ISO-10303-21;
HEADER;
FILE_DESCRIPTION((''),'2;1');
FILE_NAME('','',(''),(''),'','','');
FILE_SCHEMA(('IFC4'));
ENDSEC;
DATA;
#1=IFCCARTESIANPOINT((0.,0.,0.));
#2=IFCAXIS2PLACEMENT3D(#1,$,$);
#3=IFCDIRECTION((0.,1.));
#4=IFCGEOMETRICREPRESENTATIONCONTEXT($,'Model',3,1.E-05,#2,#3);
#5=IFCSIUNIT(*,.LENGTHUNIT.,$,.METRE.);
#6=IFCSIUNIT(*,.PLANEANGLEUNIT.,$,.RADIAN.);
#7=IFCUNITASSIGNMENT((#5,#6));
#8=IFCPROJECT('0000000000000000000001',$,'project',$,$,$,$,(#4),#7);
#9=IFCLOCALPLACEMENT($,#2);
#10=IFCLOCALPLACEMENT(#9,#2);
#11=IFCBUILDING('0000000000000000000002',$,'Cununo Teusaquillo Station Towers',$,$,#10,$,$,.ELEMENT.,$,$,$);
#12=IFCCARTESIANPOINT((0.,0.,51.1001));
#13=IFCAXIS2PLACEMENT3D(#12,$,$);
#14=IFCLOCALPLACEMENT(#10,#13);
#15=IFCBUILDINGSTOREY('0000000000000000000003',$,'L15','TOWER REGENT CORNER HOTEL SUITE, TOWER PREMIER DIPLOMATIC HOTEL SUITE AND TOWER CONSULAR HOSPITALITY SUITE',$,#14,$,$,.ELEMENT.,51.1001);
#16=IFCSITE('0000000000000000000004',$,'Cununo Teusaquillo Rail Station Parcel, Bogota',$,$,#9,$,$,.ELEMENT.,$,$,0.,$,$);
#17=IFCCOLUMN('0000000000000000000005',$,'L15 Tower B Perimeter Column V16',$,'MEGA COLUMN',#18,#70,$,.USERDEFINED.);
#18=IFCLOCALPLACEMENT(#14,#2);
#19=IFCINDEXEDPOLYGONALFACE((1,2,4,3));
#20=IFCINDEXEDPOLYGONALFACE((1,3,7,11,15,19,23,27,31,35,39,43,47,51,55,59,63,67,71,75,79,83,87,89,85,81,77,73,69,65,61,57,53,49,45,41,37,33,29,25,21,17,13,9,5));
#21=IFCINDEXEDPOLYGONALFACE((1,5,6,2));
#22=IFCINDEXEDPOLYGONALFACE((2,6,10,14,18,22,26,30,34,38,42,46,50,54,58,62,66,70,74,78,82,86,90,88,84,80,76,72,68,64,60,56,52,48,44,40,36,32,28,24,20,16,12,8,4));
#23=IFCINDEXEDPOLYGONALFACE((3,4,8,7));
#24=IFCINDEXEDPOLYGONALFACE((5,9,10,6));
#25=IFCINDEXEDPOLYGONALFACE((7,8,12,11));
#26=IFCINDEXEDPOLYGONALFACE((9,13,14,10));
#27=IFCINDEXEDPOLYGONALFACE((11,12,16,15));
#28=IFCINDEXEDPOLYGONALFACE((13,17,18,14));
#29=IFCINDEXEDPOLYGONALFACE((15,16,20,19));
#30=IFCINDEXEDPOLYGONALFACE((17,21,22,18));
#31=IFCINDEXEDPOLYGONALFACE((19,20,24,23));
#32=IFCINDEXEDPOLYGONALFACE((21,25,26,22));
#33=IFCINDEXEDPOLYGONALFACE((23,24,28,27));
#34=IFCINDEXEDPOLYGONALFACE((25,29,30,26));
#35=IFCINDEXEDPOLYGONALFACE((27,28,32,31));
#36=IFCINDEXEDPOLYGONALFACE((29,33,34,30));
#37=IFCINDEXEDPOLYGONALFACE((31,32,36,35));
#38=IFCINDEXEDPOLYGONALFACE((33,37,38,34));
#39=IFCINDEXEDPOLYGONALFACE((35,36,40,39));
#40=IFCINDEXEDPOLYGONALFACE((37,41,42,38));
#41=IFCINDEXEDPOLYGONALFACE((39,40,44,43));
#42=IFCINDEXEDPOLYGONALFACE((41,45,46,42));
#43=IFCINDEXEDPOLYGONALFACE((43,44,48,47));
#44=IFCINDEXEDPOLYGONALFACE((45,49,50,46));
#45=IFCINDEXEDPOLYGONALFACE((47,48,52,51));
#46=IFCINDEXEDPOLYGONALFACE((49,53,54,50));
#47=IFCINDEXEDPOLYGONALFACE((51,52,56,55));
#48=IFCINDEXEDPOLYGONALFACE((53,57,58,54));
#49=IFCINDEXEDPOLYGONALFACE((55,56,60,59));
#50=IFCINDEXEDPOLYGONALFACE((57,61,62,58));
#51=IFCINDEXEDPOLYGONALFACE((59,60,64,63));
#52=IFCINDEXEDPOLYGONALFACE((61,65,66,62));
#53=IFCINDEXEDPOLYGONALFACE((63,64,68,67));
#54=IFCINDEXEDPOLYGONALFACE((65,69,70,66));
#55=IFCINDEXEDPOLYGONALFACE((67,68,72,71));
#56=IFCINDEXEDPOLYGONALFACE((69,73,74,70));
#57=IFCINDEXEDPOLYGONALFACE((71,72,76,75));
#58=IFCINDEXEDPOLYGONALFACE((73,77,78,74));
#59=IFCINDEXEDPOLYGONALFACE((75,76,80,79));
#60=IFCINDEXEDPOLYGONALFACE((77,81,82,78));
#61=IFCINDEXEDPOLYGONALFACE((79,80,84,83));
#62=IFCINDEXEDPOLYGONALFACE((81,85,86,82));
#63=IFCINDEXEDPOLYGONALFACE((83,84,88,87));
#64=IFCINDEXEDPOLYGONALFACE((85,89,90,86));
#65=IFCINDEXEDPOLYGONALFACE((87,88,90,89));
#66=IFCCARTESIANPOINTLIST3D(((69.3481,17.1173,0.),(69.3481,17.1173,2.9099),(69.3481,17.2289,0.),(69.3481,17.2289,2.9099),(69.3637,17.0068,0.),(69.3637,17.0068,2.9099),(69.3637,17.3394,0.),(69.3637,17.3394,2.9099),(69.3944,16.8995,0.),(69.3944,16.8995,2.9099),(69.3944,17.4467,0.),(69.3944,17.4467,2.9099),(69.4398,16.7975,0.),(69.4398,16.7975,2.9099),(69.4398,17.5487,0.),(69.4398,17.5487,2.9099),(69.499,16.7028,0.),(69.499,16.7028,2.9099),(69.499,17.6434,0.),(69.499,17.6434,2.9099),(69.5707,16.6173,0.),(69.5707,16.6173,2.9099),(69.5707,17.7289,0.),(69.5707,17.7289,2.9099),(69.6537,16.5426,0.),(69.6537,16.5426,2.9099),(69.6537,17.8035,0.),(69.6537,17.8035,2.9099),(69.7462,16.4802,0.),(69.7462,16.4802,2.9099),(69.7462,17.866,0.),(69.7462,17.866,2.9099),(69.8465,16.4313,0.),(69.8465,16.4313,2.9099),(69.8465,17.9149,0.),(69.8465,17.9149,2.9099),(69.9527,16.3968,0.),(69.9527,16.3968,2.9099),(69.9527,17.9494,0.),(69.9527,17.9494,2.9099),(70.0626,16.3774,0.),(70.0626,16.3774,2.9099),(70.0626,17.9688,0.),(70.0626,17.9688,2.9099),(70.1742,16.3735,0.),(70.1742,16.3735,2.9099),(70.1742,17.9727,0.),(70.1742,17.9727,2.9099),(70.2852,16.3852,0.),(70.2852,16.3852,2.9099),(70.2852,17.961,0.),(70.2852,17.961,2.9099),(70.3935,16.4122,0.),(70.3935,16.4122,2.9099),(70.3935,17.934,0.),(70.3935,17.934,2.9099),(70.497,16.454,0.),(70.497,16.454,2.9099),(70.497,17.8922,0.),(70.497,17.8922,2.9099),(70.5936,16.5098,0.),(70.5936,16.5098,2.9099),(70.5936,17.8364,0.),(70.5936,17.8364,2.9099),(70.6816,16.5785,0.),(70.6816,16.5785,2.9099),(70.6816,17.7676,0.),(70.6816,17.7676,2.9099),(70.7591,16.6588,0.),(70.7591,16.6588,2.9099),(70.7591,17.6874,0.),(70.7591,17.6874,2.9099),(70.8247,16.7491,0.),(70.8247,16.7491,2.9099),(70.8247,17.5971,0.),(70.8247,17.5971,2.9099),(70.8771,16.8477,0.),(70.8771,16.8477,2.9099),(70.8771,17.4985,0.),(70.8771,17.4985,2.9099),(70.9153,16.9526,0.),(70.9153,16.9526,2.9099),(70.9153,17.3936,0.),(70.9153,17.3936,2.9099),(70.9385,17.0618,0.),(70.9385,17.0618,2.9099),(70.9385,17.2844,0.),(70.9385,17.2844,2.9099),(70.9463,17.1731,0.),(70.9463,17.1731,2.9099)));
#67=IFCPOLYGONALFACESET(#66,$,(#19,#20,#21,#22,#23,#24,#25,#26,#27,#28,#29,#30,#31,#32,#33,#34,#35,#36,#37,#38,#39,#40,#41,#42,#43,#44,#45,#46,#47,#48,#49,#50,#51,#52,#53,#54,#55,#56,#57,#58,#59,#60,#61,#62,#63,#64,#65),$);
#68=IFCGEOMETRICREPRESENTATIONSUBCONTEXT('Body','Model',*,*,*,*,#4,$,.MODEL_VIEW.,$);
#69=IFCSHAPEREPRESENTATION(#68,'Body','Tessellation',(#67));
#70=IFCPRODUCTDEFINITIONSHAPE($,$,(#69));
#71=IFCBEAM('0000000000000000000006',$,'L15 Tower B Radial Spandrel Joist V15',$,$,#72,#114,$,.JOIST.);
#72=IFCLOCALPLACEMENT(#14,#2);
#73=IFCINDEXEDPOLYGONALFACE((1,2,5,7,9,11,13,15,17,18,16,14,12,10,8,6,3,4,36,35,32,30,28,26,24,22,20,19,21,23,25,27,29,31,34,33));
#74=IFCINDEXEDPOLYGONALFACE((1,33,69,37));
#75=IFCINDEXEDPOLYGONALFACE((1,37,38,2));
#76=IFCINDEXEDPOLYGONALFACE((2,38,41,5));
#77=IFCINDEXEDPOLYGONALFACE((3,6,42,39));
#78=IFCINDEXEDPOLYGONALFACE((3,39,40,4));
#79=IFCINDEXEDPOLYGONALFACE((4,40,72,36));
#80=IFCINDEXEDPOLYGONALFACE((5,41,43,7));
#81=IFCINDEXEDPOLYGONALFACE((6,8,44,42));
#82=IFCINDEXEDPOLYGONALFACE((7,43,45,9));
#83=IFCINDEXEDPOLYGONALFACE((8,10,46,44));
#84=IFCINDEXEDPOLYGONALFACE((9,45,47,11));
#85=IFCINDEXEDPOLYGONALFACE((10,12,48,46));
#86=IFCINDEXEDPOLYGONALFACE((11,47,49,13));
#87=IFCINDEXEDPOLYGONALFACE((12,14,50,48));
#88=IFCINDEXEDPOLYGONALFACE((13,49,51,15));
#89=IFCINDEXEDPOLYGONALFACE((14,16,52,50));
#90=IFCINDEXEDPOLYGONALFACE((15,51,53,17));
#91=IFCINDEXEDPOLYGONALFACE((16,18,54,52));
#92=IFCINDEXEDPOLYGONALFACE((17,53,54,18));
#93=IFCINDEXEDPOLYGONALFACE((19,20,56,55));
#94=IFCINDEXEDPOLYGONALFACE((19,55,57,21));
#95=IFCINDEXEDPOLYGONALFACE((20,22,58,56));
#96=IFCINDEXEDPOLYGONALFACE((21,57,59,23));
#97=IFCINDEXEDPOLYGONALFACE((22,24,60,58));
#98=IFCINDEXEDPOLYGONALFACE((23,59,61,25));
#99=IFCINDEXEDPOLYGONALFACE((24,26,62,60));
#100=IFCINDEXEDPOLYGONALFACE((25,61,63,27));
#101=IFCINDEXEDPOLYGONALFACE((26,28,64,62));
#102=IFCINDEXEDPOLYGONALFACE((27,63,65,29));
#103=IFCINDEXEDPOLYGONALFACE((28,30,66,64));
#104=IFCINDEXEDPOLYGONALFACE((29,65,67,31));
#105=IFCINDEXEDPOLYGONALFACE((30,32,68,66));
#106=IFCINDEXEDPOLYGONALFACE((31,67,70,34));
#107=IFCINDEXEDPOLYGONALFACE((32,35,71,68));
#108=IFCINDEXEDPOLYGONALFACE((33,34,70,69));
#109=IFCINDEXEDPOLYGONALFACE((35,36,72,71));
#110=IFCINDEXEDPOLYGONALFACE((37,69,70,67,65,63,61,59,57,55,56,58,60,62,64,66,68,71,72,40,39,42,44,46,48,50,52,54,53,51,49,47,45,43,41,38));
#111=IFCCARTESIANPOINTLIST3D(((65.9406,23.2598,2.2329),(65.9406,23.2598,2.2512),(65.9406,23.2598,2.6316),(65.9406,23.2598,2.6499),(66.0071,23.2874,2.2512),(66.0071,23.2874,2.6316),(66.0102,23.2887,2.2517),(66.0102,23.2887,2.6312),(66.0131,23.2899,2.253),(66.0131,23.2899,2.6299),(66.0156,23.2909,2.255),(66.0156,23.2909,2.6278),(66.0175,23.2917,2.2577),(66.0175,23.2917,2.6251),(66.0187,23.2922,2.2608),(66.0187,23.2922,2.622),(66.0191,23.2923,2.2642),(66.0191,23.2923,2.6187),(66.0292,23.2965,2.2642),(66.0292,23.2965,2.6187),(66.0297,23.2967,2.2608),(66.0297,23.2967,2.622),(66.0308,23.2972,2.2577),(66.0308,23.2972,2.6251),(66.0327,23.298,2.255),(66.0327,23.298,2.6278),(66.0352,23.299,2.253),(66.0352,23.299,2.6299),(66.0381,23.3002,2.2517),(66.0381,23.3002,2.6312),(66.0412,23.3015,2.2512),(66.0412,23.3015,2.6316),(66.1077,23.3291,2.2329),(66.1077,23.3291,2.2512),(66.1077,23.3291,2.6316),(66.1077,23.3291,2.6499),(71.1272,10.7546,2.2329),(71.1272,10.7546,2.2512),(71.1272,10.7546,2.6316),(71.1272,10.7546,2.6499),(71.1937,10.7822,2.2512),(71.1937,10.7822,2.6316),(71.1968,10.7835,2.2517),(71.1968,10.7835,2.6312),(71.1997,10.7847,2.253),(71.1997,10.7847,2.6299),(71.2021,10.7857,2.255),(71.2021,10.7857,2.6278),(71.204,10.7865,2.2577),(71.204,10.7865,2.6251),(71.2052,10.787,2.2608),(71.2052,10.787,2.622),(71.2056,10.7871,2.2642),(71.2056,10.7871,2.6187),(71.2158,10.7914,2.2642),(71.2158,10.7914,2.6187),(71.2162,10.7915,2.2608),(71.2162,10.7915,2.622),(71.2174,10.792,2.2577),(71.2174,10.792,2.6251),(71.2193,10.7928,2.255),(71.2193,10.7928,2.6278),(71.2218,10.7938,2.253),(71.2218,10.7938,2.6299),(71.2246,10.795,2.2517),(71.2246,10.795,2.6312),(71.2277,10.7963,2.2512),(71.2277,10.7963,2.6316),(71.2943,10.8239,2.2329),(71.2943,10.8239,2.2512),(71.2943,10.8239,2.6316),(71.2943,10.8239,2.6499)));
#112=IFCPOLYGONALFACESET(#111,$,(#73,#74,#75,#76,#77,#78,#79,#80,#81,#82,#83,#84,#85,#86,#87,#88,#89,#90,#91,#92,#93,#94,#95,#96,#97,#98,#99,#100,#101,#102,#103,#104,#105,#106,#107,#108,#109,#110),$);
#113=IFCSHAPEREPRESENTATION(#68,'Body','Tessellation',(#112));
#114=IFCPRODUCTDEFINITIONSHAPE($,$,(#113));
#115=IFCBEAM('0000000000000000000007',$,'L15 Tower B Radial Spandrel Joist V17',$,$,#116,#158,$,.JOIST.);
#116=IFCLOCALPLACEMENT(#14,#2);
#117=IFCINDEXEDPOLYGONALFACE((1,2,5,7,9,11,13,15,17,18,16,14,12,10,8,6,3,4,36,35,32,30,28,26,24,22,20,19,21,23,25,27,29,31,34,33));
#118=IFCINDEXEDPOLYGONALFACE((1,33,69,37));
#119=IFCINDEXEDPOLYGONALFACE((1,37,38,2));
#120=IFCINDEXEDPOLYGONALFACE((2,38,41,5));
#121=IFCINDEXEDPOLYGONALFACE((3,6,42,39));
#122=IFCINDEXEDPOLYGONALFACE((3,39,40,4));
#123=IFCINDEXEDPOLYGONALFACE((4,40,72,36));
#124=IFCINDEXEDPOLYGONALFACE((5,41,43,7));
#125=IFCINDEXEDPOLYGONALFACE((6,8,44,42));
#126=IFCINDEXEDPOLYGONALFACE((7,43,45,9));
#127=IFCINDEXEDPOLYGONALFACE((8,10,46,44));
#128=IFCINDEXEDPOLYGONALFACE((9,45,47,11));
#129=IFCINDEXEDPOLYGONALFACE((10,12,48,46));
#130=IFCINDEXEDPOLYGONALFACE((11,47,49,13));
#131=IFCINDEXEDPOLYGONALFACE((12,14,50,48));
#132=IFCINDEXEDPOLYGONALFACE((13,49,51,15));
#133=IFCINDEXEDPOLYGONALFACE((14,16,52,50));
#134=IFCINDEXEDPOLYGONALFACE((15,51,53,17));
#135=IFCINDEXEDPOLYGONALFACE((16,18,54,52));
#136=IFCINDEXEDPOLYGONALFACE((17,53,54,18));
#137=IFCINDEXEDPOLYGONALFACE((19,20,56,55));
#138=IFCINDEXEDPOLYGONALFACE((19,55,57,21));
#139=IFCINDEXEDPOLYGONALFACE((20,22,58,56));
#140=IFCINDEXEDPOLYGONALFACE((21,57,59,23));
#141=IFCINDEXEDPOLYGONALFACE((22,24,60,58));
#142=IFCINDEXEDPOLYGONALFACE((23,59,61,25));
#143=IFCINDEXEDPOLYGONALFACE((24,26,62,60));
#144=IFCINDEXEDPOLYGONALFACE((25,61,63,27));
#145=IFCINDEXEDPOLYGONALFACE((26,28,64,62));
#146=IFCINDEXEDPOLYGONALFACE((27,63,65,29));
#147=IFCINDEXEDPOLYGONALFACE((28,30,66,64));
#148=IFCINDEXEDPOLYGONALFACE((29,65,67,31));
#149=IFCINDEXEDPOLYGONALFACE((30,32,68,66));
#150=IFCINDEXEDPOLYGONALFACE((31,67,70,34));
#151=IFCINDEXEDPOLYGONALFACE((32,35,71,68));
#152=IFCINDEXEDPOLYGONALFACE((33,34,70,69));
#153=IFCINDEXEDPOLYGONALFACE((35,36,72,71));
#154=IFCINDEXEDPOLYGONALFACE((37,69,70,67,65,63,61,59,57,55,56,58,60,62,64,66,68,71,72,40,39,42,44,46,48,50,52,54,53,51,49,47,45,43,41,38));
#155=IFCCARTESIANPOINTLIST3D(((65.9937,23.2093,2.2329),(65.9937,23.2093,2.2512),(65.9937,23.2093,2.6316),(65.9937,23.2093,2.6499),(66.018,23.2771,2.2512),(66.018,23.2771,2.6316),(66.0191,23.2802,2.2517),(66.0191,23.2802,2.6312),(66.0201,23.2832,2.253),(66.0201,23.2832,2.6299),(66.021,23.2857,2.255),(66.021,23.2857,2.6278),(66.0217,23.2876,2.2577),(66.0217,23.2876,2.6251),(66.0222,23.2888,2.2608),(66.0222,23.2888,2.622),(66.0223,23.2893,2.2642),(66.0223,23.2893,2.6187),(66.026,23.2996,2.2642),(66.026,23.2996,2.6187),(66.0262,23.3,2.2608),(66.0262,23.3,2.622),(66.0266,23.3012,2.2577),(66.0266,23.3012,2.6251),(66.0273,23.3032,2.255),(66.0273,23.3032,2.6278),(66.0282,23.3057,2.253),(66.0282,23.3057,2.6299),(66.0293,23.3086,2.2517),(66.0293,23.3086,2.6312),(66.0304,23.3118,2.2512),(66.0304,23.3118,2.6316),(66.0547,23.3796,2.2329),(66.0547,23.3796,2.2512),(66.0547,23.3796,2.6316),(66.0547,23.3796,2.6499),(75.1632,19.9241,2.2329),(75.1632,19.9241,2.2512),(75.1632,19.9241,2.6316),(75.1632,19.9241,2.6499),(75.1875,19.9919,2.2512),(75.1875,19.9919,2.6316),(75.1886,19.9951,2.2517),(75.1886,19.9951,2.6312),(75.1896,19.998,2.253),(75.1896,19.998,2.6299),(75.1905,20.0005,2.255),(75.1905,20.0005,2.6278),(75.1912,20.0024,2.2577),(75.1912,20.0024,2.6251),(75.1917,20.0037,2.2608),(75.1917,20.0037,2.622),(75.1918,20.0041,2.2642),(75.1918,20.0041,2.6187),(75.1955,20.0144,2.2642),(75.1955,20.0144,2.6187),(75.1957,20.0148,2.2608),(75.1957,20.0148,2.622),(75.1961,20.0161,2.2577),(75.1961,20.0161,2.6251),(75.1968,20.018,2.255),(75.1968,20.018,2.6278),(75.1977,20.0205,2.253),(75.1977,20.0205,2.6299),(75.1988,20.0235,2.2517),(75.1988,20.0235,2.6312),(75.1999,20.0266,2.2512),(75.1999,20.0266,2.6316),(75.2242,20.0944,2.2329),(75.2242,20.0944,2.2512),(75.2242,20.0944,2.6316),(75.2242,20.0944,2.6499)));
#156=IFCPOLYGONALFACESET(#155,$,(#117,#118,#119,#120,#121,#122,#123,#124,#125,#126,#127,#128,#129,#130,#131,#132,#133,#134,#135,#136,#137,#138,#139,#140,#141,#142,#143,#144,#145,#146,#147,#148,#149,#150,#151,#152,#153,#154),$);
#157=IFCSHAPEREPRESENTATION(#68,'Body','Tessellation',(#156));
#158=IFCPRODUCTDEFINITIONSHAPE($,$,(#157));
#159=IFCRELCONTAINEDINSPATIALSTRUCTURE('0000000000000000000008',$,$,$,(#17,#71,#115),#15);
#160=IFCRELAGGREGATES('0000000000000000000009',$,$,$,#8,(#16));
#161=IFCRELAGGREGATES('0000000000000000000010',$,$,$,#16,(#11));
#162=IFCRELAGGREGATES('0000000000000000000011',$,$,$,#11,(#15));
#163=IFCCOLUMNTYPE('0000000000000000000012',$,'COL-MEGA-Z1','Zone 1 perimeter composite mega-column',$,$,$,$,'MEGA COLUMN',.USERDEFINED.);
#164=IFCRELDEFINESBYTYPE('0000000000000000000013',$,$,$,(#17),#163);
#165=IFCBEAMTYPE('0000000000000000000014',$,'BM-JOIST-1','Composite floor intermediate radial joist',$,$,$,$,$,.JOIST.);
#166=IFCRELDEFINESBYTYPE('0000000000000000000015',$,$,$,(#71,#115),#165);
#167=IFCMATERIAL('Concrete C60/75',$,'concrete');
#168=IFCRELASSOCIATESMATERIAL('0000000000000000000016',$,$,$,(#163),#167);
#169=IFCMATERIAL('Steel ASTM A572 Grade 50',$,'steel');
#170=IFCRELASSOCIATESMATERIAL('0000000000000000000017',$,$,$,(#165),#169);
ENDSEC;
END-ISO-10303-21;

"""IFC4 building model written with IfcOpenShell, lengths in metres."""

from ifc_helpers import new_model, si_unit, direction, frame, origin, origin_2d, place, context, subcontext, project, spatial, circle, i_section, extrude, material, material_profile, profile_set, type_object, element, save


model = new_model("IFC4")

# Units and contexts
model_context = context("Model", 3, precision=1e-05, world=origin(), true_north=direction((0.0, 1.0)))
body_context = subcontext(model_context, "Body", "Model", "MODEL_VIEW")
ifc_project = project(units=[si_unit("LENGTHUNIT", "METRE"), si_unit("PLANEANGLEUNIT", "RADIAN")], contexts=[model_context])

# Site, building, storey
site_placement = place(None, origin())
site = spatial("IfcSite", under=ifc_project, at=site_placement, Name="Cununo Teusaquillo Rail Station Parcel, Bogota", CompositionType="ELEMENT", RefElevation=0.0)
building_placement = place(site_placement, origin())
building = spatial("IfcBuilding", under=site, at=building_placement, Name="Cununo Teusaquillo Station Towers", CompositionType="ELEMENT")
storey_placement = place(building_placement, frame((0.0, 0.0, 51.1001)))
storey = spatial("IfcBuildingStorey", under=building, at=storey_placement, Name="L15", Description="TOWER REGENT CORNER HOTEL SUITE, TOWER PREMIER DIPLOMATIC HOTEL SUITE AND TOWER CONSULAR HOSPITALITY SUITE", CompositionType="ELEMENT", Elevation=51.1001)

# Column
ifc_material_1 = material(Name="Concrete C60/75", Category="concrete")
ifc_material_profile_1 = material_profile(ifc_material_1, circle(Radius=0.8, at=origin_2d()), Name="RC-CIRC-1600")
ifc_profile_set_1 = profile_set([ifc_material_profile_1], Name="Concrete C60/75")
column_type = type_object("IfcColumnType", Name="COL-MEGA-Z1", Description="Zone 1 perimeter composite mega-column", ElementType="MEGA COLUMN", PredefinedType="USERDEFINED", material=ifc_profile_set_1)
column_placement = place(storey_placement, frame((70.1462, 17.1731, 0.0), z_axis=(0.0, 0.0, 1.0), x_axis=(1.0, 0.0, 0.0)))
element("IfcColumn", 1, at=column_placement, inside=storey, type_object=column_type, Name="L15 Tower B Perimeter Column V16", ObjectType="MEGA COLUMN", PredefinedType="USERDEFINED", context=body_context, shape_type="SweptSolid", body=[
    extrude(circle(Radius=0.8, at=origin_2d()), origin(), (0.0, 0.0, 1.0), 2.9099),
])

# Beams
ifc_material_2 = material(Name="Steel ASTM A572 Grade 50", Category="steel")
ifc_material_profile_2 = material_profile(ifc_material_2, i_section(OverallWidth=0.1809, OverallDepth=0.417, WebThickness=0.011, FlangeThickness=0.0183, FilletRadius=0.0129, at=origin_2d()), Name="W16X57")
ifc_profile_set_2 = profile_set([ifc_material_profile_2], Name="Steel ASTM A572 Grade 50")
beam_type_1 = type_object("IfcBeamType", Name="BM-JOIST-1", Description="Composite floor intermediate radial joist", PredefinedType="JOIST", material=ifc_profile_set_2)
beam_1_placement = place(storey_placement, frame((66.0242, 23.2944, 2.4414), z_axis=(0.383108, -0.923704, 0.0), x_axis=(0.923704, 0.383108, 0.0)))
element("IfcBeam", 2, at=beam_1_placement, inside=storey, type_object=beam_type_1, Name="L15 Tower B Radial Spandrel Joist V15", PredefinedType="JOIST", context=body_context, shape_type="SweptSolid", body=[
    extrude(i_section(OverallWidth=0.1809, OverallDepth=0.417, WebThickness=0.011, FlangeThickness=0.0183, FilletRadius=0.0129, at=origin_2d()), origin(), (0.0, 0.0, 1.0), 13.5381),
])
beam_2_placement = place(storey_placement, frame((66.0242, 23.2944, 2.4414), z_axis=(0.941405, -0.337279, 0.0), x_axis=(0.337279, 0.941405, 0.0)))
element("IfcBeam", 3, at=beam_2_placement, inside=storey, type_object=beam_type_1, Name="L15 Tower B Radial Spandrel Joist V17", PredefinedType="JOIST", context=body_context, shape_type="SweptSolid", body=[
    extrude(i_section(OverallWidth=0.1809, OverallDepth=0.417, WebThickness=0.011, FlangeThickness=0.0183, FilletRadius=0.0129, at=origin_2d()), origin(), (0.0, 0.0, 1.0), 9.7402),
])

save(model, "model.ifc")
